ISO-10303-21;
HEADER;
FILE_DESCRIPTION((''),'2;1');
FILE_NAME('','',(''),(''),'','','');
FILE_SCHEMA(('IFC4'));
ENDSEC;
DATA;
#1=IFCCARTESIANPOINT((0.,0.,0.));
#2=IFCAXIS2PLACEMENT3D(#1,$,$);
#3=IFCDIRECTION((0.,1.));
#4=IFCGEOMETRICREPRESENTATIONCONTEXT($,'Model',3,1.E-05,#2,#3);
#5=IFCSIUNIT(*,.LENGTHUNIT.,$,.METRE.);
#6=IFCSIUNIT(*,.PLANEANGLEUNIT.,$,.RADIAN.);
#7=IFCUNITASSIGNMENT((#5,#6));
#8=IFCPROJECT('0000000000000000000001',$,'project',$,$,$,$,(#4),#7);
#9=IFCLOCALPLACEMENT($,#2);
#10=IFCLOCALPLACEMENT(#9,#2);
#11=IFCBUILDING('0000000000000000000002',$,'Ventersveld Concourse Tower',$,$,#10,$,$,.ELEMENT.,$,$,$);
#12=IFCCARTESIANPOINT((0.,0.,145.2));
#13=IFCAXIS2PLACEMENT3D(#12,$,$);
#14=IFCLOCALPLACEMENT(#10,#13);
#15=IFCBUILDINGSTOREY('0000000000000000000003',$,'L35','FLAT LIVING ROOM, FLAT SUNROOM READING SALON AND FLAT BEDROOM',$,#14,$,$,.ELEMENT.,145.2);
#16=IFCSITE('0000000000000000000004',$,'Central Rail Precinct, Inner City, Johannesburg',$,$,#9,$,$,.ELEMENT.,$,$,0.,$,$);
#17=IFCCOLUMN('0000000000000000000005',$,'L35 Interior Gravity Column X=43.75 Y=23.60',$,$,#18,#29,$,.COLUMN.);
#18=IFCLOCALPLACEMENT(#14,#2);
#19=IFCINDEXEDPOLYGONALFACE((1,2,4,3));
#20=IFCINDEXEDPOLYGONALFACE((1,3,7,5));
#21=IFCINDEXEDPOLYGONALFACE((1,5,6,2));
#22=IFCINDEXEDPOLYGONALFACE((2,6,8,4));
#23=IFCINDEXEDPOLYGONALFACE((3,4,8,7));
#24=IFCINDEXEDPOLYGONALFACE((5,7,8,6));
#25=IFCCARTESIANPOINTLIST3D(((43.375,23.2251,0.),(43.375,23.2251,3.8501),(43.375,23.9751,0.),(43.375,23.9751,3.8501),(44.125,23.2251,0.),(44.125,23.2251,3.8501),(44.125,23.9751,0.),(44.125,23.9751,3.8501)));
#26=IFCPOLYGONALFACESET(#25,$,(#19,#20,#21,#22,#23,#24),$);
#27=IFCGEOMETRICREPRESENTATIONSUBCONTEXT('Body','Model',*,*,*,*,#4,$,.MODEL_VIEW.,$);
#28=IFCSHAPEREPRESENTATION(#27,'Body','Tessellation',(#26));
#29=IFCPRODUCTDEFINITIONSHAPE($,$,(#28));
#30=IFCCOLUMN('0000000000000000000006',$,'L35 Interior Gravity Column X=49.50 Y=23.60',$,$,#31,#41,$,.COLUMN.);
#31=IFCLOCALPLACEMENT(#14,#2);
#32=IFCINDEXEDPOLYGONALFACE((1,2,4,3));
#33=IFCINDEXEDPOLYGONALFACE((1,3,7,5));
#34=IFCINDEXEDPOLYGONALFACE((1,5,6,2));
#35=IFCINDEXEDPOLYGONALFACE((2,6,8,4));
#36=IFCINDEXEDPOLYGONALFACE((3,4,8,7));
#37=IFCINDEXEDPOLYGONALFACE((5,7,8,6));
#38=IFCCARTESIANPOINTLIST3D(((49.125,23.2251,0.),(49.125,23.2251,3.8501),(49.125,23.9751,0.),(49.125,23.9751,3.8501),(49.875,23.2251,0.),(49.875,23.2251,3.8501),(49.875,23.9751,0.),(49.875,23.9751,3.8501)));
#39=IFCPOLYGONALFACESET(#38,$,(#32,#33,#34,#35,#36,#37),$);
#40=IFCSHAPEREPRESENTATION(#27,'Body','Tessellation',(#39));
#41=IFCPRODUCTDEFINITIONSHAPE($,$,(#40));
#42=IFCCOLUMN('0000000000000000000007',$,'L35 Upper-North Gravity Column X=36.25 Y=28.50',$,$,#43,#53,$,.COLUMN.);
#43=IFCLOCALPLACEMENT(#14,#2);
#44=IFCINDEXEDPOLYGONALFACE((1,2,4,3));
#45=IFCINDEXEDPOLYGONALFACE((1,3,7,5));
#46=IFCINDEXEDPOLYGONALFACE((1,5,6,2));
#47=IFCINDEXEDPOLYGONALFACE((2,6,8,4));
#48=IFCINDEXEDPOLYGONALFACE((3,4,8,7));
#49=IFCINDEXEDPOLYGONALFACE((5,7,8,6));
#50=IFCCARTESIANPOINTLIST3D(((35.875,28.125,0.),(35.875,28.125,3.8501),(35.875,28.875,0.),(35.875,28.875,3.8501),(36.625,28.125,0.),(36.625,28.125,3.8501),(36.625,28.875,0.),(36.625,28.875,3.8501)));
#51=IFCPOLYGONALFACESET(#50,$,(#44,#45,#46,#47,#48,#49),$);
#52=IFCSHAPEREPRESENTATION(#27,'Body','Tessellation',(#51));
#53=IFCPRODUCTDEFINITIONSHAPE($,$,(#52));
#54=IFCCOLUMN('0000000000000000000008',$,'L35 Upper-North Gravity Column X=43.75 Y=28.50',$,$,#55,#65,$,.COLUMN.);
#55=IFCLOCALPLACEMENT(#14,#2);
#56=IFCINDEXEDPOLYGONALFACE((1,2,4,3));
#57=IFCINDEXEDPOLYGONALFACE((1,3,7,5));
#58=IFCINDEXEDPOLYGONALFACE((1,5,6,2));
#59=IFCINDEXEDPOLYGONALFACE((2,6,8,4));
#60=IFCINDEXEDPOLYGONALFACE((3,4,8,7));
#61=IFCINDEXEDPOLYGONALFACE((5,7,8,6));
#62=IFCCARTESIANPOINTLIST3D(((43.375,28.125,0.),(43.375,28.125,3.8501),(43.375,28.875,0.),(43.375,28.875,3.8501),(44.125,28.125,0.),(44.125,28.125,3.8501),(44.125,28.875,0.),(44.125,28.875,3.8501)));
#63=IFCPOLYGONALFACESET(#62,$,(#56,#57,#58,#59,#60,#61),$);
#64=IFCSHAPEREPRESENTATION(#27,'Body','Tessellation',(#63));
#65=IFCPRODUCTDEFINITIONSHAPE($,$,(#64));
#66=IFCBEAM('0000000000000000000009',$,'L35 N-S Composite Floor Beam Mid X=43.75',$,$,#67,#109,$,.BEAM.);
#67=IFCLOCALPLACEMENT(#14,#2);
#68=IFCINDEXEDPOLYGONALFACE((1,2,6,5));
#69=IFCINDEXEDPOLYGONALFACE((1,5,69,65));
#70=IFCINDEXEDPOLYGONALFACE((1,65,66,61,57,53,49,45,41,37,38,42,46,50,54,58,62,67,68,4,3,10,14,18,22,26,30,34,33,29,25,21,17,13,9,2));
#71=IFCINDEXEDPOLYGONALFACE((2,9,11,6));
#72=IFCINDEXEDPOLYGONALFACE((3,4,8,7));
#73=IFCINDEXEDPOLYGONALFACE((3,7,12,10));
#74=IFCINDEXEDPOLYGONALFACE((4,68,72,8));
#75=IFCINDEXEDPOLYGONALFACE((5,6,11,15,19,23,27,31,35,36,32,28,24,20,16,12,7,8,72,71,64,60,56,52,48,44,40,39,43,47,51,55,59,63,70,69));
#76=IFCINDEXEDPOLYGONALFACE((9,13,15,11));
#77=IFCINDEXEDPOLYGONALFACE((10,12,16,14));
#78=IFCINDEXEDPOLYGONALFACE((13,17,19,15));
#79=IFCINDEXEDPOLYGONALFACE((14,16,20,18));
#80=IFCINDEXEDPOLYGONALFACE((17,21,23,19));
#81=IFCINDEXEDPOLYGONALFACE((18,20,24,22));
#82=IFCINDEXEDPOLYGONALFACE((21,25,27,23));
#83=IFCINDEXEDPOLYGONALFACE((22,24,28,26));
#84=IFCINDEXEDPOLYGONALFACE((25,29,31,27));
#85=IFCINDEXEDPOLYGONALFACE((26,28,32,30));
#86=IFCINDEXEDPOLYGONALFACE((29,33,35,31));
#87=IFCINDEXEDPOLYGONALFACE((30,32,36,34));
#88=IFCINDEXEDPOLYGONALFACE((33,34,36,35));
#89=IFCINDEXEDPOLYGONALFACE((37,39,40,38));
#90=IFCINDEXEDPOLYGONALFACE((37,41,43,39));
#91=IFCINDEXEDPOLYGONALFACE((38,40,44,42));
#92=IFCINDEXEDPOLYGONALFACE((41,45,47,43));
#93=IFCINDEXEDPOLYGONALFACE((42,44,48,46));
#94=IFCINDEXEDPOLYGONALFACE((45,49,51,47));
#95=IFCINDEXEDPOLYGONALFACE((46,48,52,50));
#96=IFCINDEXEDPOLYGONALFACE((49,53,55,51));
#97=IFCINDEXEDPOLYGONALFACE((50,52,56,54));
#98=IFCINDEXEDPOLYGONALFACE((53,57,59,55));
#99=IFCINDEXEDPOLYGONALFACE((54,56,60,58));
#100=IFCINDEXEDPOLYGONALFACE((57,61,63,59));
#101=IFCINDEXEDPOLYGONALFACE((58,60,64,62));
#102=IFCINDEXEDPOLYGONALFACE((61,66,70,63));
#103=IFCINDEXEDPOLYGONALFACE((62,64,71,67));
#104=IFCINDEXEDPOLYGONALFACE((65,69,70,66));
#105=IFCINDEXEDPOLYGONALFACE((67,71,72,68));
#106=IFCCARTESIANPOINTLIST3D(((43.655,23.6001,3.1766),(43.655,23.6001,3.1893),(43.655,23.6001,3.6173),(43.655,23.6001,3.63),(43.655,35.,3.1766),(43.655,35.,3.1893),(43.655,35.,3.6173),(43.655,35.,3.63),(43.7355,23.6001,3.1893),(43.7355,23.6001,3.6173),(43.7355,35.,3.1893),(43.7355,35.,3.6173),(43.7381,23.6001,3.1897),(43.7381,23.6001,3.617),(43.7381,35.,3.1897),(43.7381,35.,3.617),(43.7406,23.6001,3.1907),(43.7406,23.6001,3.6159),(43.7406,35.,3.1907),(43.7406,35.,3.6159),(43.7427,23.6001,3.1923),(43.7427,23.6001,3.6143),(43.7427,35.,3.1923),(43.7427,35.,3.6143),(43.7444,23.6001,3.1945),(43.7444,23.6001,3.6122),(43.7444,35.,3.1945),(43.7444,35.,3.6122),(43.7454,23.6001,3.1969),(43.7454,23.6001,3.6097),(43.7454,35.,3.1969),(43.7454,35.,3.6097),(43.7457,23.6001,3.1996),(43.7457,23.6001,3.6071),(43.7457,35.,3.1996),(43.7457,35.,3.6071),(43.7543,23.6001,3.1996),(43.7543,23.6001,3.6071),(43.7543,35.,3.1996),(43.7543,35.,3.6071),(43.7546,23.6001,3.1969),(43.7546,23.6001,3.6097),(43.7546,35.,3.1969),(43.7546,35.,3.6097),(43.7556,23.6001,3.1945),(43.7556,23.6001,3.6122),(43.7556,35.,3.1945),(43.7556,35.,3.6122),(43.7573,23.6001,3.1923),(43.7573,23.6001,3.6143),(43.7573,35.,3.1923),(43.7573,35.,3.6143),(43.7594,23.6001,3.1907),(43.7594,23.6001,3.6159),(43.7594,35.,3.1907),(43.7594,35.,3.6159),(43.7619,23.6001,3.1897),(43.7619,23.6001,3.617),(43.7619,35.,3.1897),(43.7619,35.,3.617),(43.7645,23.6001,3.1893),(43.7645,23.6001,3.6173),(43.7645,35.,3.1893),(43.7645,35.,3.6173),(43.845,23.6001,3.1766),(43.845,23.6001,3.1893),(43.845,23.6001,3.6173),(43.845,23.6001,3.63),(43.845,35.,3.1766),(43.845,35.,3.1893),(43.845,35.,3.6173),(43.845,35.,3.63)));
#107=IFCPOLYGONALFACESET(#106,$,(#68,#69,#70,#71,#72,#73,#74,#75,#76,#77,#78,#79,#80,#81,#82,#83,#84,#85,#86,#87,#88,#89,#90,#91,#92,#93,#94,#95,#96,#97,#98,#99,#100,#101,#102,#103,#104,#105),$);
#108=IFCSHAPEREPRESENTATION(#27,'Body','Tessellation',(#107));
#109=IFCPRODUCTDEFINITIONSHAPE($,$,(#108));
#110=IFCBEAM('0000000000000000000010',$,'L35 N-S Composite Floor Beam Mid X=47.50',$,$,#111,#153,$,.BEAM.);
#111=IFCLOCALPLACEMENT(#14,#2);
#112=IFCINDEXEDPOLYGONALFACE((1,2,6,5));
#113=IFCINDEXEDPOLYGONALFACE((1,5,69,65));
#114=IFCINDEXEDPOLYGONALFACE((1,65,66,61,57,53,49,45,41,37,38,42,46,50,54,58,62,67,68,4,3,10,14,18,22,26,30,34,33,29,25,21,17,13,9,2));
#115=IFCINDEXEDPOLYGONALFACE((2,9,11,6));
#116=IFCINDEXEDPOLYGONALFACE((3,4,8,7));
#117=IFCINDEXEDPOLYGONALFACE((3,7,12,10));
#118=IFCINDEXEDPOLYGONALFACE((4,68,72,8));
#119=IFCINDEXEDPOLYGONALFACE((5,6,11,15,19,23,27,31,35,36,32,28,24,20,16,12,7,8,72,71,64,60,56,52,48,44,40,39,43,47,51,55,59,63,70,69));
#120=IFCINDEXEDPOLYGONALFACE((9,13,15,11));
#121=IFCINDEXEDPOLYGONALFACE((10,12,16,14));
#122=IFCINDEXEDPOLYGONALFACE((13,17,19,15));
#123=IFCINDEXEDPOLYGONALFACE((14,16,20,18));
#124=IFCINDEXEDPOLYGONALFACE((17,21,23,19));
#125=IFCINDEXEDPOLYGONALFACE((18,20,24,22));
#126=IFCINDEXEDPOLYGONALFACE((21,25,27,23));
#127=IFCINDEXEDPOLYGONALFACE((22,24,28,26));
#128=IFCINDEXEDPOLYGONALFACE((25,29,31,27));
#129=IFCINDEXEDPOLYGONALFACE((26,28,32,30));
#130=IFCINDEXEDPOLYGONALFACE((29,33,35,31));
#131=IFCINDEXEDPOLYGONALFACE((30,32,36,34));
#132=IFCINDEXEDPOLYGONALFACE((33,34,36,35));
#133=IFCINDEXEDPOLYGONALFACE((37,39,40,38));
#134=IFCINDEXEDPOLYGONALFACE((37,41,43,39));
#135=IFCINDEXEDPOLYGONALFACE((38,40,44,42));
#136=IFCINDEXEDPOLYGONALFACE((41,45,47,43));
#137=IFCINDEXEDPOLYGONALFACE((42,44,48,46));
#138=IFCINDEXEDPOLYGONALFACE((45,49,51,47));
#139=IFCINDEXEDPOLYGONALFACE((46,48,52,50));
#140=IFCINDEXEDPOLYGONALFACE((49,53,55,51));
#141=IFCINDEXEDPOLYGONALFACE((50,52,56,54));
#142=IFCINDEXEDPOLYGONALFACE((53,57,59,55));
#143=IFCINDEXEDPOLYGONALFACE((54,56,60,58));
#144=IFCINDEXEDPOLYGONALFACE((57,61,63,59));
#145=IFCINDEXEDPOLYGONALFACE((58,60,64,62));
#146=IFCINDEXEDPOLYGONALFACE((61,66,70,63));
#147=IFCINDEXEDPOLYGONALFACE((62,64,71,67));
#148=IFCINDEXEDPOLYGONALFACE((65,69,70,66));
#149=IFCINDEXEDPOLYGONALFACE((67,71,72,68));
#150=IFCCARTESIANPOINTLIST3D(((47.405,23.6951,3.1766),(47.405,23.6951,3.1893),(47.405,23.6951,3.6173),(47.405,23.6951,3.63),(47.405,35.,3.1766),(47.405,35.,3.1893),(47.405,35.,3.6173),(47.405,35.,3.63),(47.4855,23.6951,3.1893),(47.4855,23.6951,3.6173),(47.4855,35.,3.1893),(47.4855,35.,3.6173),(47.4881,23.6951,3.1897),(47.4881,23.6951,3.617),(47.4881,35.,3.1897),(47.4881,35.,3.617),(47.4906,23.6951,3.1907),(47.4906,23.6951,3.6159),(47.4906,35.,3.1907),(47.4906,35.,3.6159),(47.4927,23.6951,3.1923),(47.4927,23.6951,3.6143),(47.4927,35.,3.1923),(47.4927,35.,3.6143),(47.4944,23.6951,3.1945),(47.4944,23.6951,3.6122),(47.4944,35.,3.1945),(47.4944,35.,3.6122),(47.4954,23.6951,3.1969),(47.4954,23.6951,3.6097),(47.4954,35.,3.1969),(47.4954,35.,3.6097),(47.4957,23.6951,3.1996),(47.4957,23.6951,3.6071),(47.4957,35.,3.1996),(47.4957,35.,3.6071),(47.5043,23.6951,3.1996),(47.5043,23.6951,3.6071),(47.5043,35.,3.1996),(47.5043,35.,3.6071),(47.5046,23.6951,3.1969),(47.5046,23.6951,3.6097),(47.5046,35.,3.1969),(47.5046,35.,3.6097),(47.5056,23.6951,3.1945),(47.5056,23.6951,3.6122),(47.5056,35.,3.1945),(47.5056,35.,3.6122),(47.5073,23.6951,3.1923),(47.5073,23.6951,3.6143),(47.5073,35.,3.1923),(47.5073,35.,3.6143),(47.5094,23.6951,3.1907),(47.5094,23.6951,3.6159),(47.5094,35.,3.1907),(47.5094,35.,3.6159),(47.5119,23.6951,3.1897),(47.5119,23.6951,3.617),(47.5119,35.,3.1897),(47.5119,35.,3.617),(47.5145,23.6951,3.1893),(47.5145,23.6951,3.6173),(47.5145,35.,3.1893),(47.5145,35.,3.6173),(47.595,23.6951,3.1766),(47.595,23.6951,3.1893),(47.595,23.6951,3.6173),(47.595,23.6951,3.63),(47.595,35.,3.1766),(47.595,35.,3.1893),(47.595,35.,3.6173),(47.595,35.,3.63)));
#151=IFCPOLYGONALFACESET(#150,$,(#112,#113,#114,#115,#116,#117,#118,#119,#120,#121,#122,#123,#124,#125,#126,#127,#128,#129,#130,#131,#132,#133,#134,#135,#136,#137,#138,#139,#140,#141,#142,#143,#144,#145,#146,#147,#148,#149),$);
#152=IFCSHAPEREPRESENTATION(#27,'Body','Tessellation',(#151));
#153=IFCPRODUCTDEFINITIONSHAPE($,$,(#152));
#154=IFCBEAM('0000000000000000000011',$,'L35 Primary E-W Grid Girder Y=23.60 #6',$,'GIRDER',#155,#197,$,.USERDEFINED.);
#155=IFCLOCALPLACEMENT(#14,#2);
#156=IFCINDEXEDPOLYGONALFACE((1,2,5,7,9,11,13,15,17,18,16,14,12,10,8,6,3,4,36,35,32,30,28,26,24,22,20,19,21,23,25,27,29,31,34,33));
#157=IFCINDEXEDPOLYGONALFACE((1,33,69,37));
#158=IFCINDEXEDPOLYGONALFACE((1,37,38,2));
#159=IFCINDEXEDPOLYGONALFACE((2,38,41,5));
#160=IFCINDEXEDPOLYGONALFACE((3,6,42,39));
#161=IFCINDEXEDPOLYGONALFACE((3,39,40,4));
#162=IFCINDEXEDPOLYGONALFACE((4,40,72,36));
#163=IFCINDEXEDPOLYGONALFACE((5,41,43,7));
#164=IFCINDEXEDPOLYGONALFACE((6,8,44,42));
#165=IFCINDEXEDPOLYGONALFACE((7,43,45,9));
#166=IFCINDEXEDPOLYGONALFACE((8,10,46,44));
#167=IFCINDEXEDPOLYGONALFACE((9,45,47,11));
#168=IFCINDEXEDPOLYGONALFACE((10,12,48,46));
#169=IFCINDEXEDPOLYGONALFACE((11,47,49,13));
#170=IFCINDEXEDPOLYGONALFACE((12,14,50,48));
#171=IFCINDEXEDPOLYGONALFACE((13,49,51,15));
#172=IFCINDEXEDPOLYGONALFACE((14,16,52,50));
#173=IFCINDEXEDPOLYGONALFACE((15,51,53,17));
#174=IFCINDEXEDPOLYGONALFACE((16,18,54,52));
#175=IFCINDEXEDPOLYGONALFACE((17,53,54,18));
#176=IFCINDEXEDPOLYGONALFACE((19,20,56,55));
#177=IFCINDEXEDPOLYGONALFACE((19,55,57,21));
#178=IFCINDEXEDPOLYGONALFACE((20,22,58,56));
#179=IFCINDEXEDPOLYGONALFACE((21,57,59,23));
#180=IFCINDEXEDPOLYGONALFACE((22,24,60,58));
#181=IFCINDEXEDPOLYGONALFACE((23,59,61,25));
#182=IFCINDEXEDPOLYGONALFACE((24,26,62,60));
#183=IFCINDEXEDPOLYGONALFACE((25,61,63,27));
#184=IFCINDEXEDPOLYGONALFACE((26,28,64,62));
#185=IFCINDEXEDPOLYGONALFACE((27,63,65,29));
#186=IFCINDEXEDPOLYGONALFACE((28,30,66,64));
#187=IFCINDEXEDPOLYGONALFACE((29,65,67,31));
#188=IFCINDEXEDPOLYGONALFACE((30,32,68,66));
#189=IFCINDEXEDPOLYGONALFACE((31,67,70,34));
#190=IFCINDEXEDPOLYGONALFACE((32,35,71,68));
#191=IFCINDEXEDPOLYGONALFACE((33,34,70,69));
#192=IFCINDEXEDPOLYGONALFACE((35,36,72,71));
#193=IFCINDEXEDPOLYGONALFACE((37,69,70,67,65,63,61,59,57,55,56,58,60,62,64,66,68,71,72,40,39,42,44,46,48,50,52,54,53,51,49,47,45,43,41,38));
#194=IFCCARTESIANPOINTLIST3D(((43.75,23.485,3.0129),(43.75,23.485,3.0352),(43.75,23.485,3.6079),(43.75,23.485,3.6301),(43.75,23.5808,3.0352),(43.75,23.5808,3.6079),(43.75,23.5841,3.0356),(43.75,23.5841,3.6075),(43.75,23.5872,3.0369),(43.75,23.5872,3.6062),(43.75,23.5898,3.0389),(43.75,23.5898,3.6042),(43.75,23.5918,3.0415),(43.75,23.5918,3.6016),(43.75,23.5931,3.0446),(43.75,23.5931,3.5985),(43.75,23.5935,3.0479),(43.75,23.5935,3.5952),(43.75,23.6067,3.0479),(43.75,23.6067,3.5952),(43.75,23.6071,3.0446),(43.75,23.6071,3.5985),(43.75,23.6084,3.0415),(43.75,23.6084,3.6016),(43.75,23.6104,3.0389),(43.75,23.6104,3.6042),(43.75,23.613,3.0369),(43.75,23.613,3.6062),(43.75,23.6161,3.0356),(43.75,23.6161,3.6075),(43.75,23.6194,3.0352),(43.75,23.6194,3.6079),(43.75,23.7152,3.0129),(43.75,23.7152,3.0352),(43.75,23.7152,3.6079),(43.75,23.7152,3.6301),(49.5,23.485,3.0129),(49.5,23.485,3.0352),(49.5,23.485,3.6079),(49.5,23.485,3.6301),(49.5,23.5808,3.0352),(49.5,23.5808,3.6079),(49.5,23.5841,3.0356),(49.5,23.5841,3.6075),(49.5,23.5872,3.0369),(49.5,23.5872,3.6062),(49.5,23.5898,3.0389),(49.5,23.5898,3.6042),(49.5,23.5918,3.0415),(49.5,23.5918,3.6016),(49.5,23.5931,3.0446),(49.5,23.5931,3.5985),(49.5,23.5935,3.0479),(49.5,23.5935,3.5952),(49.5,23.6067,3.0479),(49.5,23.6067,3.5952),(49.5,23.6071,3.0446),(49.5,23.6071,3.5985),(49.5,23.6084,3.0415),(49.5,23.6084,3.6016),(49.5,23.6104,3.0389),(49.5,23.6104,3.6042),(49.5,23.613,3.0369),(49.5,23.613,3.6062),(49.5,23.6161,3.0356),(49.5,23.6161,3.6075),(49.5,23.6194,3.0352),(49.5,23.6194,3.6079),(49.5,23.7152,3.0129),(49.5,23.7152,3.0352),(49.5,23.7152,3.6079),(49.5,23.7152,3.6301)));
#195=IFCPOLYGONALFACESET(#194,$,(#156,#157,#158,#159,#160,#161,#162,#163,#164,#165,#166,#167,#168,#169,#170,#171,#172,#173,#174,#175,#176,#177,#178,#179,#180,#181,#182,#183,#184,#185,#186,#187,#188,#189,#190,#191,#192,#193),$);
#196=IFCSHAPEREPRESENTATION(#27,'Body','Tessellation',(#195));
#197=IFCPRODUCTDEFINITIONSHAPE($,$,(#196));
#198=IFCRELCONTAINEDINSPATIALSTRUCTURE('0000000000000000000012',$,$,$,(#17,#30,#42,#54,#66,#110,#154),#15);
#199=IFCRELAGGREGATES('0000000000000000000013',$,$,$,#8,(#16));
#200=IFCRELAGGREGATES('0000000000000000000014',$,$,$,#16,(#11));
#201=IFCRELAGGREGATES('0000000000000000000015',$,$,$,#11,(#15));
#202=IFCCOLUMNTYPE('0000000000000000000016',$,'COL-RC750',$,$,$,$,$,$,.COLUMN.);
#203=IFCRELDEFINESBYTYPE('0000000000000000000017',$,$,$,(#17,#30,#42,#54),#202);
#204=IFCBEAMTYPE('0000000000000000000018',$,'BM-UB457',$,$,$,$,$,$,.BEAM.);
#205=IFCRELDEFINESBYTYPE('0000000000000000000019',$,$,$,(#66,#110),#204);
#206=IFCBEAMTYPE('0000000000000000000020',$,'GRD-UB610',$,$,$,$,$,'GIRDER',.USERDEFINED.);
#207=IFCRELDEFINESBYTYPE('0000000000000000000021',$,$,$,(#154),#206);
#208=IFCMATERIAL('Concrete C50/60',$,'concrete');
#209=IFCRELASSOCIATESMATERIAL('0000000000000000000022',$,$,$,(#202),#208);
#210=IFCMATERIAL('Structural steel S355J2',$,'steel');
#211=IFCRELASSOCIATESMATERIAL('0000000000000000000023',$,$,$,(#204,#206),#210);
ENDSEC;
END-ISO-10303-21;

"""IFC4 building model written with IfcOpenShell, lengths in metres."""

from ifc_helpers import new_model, si_unit, direction, frame, origin, origin_2d, place, context, subcontext, project, spatial, rectangle, i_section, extrude, material, material_profile, profile_set, type_object, element, save


model = new_model("IFC4")

# Units and contexts
model_context = context("Model", 3, precision=1e-05, world=origin(), true_north=direction((0.0, 1.0)))
body_context = subcontext(model_context, "Body", "Model", "MODEL_VIEW")
ifc_project = project(units=[si_unit("LENGTHUNIT", "METRE"), si_unit("PLANEANGLEUNIT", "RADIAN")], contexts=[model_context])

# Site, building, storey
site_placement = place(None, origin())
site = spatial("IfcSite", under=ifc_project, at=site_placement, Name="Central Rail Precinct, Inner City, Johannesburg", CompositionType="ELEMENT", RefElevation=0.0)
building_placement = place(site_placement, origin())
building = spatial("IfcBuilding", under=site, at=building_placement, Name="Ventersveld Concourse Tower", CompositionType="ELEMENT")
storey_placement = place(building_placement, frame((0.0, 0.0, 145.2)))
storey = spatial("IfcBuildingStorey", under=building, at=storey_placement, Name="L35", Description="FLAT LIVING ROOM, FLAT SUNROOM READING SALON AND FLAT BEDROOM", CompositionType="ELEMENT", Elevation=145.2)

# Columns
ifc_material_1 = material(Name="Concrete C50/60", Category="concrete")
ifc_material_profile_1 = material_profile(ifc_material_1, rectangle(XDim=0.75, YDim=0.75, at=origin_2d()), Name="RC 750x750")
ifc_profile_set_1 = profile_set([ifc_material_profile_1], Name="Concrete C50/60")
column_type = type_object("IfcColumnType", Name="COL-RC750", PredefinedType="COLUMN", material=ifc_profile_set_1)
for number, where, z_axis, x_axis, name in (
    (1, (43.75, 23.6001, 0.0), (0.0, 0.0, 1.0), (1.0, 0.0, 0.0), "L35 Interior Gravity Column X=43.75 Y=23.60"),
    (2, (49.5, 23.6001, 0.0), (0.0, 0.0, 1.0), (1.0, 0.0, 0.0), "L35 Interior Gravity Column X=49.50 Y=23.60"),
    (3, (36.25, 28.5, 0.0), (0.0, 0.0, 1.0), (1.0, 0.0, 0.0), "L35 Upper-North Gravity Column X=36.25 Y=28.50"),
    (4, (43.75, 28.5, 0.0), (0.0, 0.0, 1.0), (1.0, 0.0, 0.0), "L35 Upper-North Gravity Column X=43.75 Y=28.50"),
):
    element("IfcColumn", number, at=place(storey_placement, frame(where, z_axis=z_axis, x_axis=x_axis)), inside=storey, type_object=column_type, Name=name, PredefinedType="COLUMN", context=body_context, shape_type="SweptSolid", body=[
        extrude(rectangle(XDim=0.75, YDim=0.75, at=origin_2d()), origin(), (0.0, 0.0, 1.0), 3.8501),
    ])

# Beams
ifc_material_2 = material(Name="Structural steel S355J2", Category="steel")
ifc_material_profile_2 = material_profile(ifc_material_2, i_section(OverallWidth=0.1899, OverallDepth=0.4534, WebThickness=0.0085, FlangeThickness=0.0127, FilletRadius=0.0103, at=origin_2d()), Name="UB 457x191x67")
ifc_profile_set_2 = profile_set([ifc_material_profile_2], Name="Structural steel S355J2")
beam_type_1 = type_object("IfcBeamType", Name="BM-UB457", PredefinedType="BEAM", material=ifc_profile_set_2)
beam_1_placement = place(storey_placement, frame((43.75, 23.6001, 3.4033), z_axis=(0.0, 1.0, 0.0), x_axis=(-1.0, 0.0, 0.0)))
element("IfcBeam", 5, at=beam_1_placement, inside=storey, type_object=beam_type_1, Name="L35 N-S Composite Floor Beam Mid X=43.75", PredefinedType="BEAM", context=body_context, shape_type="SweptSolid", body=[
    extrude(i_section(OverallWidth=0.1899, OverallDepth=0.4534, WebThickness=0.0085, FlangeThickness=0.0127, FilletRadius=0.0103, at=origin_2d()), origin(), (0.0, 0.0, 1.0), 11.3999),
])
beam_2_placement = place(storey_placement, frame((47.5, 23.6951, 3.4033), z_axis=(0.0, 1.0, 0.0), x_axis=(-1.0, 0.0, 0.0)))
element("IfcBeam", 6, at=beam_2_placement, inside=storey, type_object=beam_type_1, Name="L35 N-S Composite Floor Beam Mid X=47.50", PredefinedType="BEAM", context=body_context, shape_type="SweptSolid", body=[
    extrude(i_section(OverallWidth=0.1899, OverallDepth=0.4534, WebThickness=0.0085, FlangeThickness=0.0127, FilletRadius=0.0103, at=origin_2d()), origin(), (0.0, 0.0, 1.0), 11.3049),
])
ifc_material_profile_3 = material_profile(ifc_material_2, i_section(OverallWidth=0.2302, OverallDepth=0.6172, WebThickness=0.0132, FlangeThickness=0.0222, FilletRadius=0.0127, at=origin_2d()), Name="UB 610x229x140")
ifc_profile_set_3 = profile_set([ifc_material_profile_3], Name="Structural steel S355J2")
beam_type_2 = type_object("IfcBeamType", Name="GRD-UB610", ElementType="GIRDER", PredefinedType="USERDEFINED", material=ifc_profile_set_3)
beam_3_placement = place(storey_placement, frame((43.75, 23.6001, 3.3215), z_axis=(1.0, 0.0, 0.0), x_axis=(0.0, 1.0, 0.0)))
element("IfcBeam", 7, at=beam_3_placement, inside=storey, type_object=beam_type_2, Name="L35 Primary E-W Grid Girder Y=23.60 #6", ObjectType="GIRDER", PredefinedType="USERDEFINED", context=body_context, shape_type="SweptSolid", body=[
    extrude(i_section(OverallWidth=0.2302, OverallDepth=0.6172, WebThickness=0.0132, FlangeThickness=0.0222, FilletRadius=0.0127, at=origin_2d()), origin(), (0.0, 0.0, 1.0), 5.75),
])

save(model, "model.ifc")
